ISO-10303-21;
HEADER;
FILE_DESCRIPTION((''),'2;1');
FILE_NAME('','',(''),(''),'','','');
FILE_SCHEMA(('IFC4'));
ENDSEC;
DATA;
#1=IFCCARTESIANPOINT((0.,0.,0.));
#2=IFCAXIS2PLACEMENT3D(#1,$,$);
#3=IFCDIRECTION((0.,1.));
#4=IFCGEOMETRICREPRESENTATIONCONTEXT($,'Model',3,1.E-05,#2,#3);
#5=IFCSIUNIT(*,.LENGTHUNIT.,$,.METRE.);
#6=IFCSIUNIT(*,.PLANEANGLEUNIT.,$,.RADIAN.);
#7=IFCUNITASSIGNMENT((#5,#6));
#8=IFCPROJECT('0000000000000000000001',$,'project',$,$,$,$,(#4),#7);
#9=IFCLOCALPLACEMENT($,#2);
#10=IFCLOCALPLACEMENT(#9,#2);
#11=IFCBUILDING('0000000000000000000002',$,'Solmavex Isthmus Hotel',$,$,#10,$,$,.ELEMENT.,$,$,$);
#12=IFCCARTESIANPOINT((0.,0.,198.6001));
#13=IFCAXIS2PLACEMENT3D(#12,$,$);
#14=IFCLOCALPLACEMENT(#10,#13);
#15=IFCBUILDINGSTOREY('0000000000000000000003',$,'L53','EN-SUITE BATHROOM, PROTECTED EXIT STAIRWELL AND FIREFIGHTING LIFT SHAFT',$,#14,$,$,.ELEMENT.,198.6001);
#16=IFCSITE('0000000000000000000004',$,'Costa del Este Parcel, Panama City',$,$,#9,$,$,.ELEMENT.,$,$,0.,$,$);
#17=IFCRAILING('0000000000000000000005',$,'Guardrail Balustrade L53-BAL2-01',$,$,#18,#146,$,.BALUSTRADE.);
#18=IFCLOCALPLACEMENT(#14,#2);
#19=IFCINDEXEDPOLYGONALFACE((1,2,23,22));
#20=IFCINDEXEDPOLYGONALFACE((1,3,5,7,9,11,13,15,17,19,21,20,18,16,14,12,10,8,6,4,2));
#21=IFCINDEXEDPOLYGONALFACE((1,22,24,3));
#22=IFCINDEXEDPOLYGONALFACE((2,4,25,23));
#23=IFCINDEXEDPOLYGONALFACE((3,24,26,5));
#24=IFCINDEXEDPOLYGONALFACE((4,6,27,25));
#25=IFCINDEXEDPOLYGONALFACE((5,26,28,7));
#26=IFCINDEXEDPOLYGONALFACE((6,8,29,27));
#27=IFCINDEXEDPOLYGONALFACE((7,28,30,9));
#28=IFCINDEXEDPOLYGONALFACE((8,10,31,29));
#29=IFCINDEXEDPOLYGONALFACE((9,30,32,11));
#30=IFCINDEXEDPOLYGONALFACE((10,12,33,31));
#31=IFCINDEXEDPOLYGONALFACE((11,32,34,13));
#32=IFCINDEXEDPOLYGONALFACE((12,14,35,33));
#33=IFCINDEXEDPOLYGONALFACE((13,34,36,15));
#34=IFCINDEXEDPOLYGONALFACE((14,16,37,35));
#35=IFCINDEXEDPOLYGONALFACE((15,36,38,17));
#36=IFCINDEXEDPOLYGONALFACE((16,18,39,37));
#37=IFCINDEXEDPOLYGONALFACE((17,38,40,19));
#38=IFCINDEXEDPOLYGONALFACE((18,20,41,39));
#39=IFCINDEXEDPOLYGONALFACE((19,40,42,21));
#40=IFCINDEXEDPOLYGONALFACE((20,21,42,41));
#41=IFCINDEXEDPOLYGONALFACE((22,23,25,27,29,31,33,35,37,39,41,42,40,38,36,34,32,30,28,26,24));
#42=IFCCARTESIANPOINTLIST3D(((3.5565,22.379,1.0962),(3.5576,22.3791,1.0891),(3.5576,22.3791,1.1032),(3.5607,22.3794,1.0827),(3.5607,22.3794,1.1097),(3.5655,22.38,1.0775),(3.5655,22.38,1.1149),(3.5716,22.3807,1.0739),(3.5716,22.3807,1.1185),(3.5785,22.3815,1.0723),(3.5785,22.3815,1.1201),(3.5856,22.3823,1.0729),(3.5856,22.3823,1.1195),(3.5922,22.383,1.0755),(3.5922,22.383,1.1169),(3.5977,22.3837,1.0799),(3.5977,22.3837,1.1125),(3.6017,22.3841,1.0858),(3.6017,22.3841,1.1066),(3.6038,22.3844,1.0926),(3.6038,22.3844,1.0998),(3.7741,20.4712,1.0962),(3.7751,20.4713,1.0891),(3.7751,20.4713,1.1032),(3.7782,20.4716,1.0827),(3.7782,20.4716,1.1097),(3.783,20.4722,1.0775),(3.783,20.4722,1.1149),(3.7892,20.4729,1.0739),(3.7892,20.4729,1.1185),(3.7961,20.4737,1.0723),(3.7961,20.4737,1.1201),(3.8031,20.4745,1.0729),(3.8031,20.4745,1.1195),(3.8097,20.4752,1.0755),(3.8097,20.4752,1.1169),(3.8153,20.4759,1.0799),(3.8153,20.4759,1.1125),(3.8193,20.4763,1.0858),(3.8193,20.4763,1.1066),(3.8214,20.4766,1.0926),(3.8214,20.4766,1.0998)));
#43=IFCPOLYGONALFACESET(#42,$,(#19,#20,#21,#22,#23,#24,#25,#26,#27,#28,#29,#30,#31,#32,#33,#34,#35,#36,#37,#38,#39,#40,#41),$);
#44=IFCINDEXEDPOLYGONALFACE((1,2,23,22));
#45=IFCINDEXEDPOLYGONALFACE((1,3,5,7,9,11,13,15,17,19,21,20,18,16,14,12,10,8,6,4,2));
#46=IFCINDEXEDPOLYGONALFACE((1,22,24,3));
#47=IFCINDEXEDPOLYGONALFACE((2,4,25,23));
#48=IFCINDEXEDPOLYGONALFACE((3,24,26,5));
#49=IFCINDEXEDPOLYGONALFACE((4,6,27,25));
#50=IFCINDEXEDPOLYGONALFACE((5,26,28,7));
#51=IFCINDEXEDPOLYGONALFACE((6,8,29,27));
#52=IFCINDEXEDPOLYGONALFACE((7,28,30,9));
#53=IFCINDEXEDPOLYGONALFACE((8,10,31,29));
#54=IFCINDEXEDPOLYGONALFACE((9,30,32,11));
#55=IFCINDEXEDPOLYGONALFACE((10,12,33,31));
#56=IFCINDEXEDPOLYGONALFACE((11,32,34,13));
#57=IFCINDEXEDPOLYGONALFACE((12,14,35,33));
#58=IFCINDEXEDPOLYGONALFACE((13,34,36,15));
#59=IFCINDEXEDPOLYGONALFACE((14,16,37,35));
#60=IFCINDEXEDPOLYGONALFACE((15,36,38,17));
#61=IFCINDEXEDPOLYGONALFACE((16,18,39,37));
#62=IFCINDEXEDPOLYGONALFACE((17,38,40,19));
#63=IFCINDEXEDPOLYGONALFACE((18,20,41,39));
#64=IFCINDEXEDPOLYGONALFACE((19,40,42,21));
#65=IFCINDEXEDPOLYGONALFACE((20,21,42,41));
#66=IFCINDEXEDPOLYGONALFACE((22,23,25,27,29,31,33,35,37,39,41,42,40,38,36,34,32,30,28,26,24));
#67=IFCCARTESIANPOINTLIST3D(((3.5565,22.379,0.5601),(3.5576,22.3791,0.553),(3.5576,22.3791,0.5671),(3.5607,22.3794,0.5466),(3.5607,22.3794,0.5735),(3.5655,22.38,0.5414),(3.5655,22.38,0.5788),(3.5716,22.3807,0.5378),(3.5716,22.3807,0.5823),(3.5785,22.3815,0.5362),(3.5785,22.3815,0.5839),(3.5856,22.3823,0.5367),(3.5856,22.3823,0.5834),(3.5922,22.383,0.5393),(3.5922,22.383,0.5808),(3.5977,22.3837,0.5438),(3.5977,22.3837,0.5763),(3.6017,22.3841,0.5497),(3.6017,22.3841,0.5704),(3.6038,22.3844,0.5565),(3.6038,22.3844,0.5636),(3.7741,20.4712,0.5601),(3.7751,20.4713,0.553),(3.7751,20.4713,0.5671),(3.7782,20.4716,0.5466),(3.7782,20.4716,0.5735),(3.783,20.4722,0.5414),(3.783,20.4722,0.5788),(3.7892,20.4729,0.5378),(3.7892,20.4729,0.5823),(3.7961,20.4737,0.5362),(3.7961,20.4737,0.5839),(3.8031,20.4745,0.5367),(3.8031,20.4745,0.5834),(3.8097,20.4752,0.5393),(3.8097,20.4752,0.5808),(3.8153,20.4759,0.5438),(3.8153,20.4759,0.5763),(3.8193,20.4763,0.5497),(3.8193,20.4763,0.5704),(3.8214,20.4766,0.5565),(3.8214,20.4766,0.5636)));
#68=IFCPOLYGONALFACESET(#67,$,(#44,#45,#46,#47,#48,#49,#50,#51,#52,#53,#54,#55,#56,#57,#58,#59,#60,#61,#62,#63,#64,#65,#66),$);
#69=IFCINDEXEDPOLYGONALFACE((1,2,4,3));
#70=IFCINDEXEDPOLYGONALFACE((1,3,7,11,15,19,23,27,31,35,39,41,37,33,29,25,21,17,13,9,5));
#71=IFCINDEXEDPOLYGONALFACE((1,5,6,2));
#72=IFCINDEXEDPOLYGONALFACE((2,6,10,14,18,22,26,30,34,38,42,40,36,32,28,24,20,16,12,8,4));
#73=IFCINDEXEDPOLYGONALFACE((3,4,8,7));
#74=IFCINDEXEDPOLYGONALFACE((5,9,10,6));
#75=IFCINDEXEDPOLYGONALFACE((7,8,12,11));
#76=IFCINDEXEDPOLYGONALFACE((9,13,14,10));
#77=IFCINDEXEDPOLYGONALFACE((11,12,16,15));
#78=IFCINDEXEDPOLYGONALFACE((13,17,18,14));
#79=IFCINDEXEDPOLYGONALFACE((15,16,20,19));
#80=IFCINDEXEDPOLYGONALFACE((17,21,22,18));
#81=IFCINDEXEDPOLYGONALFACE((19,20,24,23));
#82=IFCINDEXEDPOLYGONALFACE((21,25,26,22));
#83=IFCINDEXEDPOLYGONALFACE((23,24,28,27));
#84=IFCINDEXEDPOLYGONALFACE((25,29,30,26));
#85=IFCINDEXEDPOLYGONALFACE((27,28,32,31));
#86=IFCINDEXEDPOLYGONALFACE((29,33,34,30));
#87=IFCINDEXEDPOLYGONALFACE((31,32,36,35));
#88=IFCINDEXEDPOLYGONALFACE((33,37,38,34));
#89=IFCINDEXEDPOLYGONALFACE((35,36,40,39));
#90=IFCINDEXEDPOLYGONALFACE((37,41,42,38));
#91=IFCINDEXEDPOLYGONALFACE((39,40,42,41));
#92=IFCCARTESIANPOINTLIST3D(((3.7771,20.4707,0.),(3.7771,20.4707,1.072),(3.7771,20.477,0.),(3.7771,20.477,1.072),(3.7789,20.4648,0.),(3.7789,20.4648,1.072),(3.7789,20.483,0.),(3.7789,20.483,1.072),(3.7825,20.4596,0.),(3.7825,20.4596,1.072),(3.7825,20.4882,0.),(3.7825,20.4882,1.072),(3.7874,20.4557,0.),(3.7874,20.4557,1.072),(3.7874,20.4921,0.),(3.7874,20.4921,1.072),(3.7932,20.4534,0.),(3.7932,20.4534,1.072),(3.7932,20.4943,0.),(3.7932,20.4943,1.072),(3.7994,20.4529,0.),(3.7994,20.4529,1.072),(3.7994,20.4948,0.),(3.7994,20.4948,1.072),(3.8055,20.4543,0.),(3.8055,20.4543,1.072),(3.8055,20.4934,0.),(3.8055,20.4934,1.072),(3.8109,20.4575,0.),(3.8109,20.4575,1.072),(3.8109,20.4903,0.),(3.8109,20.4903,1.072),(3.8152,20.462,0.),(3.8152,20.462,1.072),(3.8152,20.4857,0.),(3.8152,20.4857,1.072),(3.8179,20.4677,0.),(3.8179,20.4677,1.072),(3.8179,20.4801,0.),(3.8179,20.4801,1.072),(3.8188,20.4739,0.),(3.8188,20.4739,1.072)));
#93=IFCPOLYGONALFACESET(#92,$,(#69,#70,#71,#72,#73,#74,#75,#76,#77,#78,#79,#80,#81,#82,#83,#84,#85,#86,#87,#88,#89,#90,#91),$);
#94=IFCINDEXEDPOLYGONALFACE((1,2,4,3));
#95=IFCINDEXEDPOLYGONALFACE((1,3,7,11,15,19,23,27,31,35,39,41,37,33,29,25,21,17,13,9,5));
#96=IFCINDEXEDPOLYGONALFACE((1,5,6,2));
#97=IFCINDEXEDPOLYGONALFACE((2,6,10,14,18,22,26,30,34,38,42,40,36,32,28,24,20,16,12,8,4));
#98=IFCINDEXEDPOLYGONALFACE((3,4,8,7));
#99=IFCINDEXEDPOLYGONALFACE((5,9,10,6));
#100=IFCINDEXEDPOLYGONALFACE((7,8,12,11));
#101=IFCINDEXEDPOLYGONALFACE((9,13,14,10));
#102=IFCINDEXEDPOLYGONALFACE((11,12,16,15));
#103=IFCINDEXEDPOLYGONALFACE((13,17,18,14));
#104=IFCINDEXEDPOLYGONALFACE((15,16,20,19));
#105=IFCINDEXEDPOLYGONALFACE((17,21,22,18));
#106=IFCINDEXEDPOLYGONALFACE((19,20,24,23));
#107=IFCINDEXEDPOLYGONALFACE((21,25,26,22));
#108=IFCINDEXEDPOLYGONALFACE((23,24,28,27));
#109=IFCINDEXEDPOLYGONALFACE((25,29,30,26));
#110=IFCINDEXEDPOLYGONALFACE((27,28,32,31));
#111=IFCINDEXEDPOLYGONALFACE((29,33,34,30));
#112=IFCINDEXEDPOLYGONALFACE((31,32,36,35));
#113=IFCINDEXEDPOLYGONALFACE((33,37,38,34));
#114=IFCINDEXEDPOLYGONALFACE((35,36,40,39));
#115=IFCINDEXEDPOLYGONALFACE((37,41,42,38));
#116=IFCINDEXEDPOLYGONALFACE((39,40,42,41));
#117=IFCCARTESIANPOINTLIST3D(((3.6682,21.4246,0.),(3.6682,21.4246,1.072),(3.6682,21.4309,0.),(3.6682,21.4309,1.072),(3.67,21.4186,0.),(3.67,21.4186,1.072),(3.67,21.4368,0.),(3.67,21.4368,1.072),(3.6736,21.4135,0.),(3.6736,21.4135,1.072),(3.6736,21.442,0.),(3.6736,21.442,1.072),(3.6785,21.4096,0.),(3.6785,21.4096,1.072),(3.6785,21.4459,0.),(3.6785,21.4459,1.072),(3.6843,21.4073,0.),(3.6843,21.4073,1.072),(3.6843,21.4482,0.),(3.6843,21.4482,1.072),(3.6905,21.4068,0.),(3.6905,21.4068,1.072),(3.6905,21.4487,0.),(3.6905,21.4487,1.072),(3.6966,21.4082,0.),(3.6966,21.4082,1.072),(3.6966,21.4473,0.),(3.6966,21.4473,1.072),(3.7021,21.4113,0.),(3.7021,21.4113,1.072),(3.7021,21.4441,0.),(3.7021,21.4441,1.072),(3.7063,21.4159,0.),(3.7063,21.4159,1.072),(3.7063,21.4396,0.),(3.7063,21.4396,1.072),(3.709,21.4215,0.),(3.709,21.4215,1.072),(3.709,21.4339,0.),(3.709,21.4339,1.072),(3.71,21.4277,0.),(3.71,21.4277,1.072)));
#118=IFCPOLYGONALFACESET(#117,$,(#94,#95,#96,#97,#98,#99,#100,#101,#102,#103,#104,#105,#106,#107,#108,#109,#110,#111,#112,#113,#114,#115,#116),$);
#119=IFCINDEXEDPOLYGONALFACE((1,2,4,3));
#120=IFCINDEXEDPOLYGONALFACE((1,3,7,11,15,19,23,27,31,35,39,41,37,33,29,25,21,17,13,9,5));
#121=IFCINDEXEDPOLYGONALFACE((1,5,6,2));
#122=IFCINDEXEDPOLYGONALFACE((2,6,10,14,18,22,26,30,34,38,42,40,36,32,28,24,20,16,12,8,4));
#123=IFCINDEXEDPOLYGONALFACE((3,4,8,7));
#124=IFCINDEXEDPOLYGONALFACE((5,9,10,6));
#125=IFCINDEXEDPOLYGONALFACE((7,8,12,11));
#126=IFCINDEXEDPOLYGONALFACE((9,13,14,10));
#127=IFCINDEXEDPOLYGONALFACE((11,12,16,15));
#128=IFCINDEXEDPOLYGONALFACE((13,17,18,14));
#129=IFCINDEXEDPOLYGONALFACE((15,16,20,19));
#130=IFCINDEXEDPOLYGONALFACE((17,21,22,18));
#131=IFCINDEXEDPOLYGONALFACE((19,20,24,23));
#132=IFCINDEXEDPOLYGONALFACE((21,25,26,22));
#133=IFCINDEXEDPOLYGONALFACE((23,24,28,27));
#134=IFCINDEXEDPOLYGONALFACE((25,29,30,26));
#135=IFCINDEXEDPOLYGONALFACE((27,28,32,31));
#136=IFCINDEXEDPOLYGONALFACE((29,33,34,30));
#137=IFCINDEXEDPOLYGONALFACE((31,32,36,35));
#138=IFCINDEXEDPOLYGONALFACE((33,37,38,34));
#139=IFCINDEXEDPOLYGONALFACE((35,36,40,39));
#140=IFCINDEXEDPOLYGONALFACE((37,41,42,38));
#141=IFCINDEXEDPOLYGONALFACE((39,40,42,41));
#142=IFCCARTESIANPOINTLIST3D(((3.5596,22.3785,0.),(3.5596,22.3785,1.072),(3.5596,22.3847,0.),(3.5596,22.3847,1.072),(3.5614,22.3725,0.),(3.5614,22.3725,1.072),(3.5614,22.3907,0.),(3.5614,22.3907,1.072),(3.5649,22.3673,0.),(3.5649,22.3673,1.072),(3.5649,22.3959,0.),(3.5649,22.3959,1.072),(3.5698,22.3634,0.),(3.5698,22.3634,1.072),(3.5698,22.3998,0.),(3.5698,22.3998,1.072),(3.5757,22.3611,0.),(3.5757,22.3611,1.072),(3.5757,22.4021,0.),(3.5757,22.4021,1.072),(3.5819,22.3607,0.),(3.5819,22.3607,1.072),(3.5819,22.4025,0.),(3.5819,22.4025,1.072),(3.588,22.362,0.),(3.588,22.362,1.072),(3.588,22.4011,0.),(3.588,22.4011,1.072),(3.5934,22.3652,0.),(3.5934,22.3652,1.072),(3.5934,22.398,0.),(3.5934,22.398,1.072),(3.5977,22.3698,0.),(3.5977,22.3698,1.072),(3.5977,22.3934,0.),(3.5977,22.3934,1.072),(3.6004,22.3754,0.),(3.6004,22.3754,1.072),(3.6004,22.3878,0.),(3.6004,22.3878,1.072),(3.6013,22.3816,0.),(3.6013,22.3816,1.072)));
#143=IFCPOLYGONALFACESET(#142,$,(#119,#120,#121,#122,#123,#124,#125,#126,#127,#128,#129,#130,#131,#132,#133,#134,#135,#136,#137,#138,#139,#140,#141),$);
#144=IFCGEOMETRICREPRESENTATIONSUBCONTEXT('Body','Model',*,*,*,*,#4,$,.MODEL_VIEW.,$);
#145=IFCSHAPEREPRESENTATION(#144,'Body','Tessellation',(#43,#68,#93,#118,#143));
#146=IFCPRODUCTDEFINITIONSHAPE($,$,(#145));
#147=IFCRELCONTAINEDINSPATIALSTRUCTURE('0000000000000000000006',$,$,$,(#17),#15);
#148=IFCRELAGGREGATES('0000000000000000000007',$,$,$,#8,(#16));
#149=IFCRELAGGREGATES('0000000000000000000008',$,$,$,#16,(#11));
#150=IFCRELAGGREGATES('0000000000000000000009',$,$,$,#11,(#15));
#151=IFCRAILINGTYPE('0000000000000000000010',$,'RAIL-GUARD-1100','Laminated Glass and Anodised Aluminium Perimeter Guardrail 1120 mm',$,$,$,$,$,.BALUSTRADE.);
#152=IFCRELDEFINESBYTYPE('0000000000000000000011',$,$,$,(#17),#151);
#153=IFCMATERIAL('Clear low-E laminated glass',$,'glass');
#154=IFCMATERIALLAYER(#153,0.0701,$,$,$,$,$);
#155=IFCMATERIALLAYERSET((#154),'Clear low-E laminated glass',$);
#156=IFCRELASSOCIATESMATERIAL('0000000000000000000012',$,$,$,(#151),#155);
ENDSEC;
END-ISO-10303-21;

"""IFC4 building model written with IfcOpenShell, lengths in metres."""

from ifc_helpers import new_model, si_unit, direction, frame, origin, origin_2d, place, context, subcontext, project, spatial, circle, extrude, material, layer, layer_set, type_object, element, save


model = new_model("IFC4")

# Units and contexts
model_context = context("Model", 3, precision=1e-05, world=origin(), true_north=direction((0.0, 1.0)))
body_context = subcontext(model_context, "Body", "Model", "MODEL_VIEW")
ifc_project = project(units=[si_unit("LENGTHUNIT", "METRE"), si_unit("PLANEANGLEUNIT", "RADIAN")], contexts=[model_context])

# Site, building, storey
site_placement = place(None, origin())
site = spatial("IfcSite", under=ifc_project, at=site_placement, Name="Costa del Este Parcel, Panama City", CompositionType="ELEMENT", RefElevation=0.0)
building_placement = place(site_placement, origin())
building = spatial("IfcBuilding", under=site, at=building_placement, Name="Solmavex Isthmus Hotel", CompositionType="ELEMENT")
storey_placement = place(building_placement, frame((0.0, 0.0, 198.6001)))
storey = spatial("IfcBuildingStorey", under=building, at=storey_placement, Name="L53", Description="EN-SUITE BATHROOM, PROTECTED EXIT STAIRWELL AND FIREFIGHTING LIFT SHAFT", CompositionType="ELEMENT", Elevation=198.6001)

# Shared definitions
ifc_material_1 = material(Name="Clear low-E laminated glass", Category="glass")

# Railing
ifc_layer_1 = layer(ifc_material_1, 0.0701)
ifc_layer_set_1 = layer_set([ifc_layer_1], Name="Clear low-E laminated glass")
railing_type = type_object("IfcRailingType", Name="RAIL-GUARD-1100", Description="Laminated Glass and Anodised Aluminium Perimeter Guardrail 1120 mm", PredefinedType="BALUSTRADE", material=ifc_layer_set_1)
railing_1_placement = place(storey_placement, frame((3.7979, 20.4739, 0.0)))
element("IfcRailing", 1, at=railing_1_placement, inside=storey, type_object=railing_type, Name="Guardrail Balustrade L53-BAL2-01", PredefinedType="BALUSTRADE", context=body_context, shape_type="SweptSolid", body=[
    extrude(circle(Radius=0.0239, at=origin_2d()), frame((0.0, 0.0, 1.0962), z_axis=(-0.113292, 0.993562, 0.0), x_axis=(-0.993562, -0.113292, 0.0)), (0.0, 0.0, 1.0), 1.9202),
    extrude(circle(Radius=0.0239, at=origin_2d()), frame((0.0, 0.0, 0.5601), z_axis=(-0.113292, 0.993562, 0.0), x_axis=(-0.993562, -0.113292, 0.0)), (0.0, 0.0, 1.0), 1.9202),
    extrude(circle(Radius=0.021, at=origin_2d()), origin(), (0.0, 0.0, 1.0), 1.072),
    extrude(circle(Radius=0.021, at=origin_2d()), frame((-0.1089, 0.9539, 0.0)), (0.0, 0.0, 1.0), 1.072),
    extrude(circle(Radius=0.021, at=origin_2d()), frame((-0.2175, 1.9077, 0.0)), (0.0, 0.0, 1.0), 1.072),
])

save(model, "model.ifc")
